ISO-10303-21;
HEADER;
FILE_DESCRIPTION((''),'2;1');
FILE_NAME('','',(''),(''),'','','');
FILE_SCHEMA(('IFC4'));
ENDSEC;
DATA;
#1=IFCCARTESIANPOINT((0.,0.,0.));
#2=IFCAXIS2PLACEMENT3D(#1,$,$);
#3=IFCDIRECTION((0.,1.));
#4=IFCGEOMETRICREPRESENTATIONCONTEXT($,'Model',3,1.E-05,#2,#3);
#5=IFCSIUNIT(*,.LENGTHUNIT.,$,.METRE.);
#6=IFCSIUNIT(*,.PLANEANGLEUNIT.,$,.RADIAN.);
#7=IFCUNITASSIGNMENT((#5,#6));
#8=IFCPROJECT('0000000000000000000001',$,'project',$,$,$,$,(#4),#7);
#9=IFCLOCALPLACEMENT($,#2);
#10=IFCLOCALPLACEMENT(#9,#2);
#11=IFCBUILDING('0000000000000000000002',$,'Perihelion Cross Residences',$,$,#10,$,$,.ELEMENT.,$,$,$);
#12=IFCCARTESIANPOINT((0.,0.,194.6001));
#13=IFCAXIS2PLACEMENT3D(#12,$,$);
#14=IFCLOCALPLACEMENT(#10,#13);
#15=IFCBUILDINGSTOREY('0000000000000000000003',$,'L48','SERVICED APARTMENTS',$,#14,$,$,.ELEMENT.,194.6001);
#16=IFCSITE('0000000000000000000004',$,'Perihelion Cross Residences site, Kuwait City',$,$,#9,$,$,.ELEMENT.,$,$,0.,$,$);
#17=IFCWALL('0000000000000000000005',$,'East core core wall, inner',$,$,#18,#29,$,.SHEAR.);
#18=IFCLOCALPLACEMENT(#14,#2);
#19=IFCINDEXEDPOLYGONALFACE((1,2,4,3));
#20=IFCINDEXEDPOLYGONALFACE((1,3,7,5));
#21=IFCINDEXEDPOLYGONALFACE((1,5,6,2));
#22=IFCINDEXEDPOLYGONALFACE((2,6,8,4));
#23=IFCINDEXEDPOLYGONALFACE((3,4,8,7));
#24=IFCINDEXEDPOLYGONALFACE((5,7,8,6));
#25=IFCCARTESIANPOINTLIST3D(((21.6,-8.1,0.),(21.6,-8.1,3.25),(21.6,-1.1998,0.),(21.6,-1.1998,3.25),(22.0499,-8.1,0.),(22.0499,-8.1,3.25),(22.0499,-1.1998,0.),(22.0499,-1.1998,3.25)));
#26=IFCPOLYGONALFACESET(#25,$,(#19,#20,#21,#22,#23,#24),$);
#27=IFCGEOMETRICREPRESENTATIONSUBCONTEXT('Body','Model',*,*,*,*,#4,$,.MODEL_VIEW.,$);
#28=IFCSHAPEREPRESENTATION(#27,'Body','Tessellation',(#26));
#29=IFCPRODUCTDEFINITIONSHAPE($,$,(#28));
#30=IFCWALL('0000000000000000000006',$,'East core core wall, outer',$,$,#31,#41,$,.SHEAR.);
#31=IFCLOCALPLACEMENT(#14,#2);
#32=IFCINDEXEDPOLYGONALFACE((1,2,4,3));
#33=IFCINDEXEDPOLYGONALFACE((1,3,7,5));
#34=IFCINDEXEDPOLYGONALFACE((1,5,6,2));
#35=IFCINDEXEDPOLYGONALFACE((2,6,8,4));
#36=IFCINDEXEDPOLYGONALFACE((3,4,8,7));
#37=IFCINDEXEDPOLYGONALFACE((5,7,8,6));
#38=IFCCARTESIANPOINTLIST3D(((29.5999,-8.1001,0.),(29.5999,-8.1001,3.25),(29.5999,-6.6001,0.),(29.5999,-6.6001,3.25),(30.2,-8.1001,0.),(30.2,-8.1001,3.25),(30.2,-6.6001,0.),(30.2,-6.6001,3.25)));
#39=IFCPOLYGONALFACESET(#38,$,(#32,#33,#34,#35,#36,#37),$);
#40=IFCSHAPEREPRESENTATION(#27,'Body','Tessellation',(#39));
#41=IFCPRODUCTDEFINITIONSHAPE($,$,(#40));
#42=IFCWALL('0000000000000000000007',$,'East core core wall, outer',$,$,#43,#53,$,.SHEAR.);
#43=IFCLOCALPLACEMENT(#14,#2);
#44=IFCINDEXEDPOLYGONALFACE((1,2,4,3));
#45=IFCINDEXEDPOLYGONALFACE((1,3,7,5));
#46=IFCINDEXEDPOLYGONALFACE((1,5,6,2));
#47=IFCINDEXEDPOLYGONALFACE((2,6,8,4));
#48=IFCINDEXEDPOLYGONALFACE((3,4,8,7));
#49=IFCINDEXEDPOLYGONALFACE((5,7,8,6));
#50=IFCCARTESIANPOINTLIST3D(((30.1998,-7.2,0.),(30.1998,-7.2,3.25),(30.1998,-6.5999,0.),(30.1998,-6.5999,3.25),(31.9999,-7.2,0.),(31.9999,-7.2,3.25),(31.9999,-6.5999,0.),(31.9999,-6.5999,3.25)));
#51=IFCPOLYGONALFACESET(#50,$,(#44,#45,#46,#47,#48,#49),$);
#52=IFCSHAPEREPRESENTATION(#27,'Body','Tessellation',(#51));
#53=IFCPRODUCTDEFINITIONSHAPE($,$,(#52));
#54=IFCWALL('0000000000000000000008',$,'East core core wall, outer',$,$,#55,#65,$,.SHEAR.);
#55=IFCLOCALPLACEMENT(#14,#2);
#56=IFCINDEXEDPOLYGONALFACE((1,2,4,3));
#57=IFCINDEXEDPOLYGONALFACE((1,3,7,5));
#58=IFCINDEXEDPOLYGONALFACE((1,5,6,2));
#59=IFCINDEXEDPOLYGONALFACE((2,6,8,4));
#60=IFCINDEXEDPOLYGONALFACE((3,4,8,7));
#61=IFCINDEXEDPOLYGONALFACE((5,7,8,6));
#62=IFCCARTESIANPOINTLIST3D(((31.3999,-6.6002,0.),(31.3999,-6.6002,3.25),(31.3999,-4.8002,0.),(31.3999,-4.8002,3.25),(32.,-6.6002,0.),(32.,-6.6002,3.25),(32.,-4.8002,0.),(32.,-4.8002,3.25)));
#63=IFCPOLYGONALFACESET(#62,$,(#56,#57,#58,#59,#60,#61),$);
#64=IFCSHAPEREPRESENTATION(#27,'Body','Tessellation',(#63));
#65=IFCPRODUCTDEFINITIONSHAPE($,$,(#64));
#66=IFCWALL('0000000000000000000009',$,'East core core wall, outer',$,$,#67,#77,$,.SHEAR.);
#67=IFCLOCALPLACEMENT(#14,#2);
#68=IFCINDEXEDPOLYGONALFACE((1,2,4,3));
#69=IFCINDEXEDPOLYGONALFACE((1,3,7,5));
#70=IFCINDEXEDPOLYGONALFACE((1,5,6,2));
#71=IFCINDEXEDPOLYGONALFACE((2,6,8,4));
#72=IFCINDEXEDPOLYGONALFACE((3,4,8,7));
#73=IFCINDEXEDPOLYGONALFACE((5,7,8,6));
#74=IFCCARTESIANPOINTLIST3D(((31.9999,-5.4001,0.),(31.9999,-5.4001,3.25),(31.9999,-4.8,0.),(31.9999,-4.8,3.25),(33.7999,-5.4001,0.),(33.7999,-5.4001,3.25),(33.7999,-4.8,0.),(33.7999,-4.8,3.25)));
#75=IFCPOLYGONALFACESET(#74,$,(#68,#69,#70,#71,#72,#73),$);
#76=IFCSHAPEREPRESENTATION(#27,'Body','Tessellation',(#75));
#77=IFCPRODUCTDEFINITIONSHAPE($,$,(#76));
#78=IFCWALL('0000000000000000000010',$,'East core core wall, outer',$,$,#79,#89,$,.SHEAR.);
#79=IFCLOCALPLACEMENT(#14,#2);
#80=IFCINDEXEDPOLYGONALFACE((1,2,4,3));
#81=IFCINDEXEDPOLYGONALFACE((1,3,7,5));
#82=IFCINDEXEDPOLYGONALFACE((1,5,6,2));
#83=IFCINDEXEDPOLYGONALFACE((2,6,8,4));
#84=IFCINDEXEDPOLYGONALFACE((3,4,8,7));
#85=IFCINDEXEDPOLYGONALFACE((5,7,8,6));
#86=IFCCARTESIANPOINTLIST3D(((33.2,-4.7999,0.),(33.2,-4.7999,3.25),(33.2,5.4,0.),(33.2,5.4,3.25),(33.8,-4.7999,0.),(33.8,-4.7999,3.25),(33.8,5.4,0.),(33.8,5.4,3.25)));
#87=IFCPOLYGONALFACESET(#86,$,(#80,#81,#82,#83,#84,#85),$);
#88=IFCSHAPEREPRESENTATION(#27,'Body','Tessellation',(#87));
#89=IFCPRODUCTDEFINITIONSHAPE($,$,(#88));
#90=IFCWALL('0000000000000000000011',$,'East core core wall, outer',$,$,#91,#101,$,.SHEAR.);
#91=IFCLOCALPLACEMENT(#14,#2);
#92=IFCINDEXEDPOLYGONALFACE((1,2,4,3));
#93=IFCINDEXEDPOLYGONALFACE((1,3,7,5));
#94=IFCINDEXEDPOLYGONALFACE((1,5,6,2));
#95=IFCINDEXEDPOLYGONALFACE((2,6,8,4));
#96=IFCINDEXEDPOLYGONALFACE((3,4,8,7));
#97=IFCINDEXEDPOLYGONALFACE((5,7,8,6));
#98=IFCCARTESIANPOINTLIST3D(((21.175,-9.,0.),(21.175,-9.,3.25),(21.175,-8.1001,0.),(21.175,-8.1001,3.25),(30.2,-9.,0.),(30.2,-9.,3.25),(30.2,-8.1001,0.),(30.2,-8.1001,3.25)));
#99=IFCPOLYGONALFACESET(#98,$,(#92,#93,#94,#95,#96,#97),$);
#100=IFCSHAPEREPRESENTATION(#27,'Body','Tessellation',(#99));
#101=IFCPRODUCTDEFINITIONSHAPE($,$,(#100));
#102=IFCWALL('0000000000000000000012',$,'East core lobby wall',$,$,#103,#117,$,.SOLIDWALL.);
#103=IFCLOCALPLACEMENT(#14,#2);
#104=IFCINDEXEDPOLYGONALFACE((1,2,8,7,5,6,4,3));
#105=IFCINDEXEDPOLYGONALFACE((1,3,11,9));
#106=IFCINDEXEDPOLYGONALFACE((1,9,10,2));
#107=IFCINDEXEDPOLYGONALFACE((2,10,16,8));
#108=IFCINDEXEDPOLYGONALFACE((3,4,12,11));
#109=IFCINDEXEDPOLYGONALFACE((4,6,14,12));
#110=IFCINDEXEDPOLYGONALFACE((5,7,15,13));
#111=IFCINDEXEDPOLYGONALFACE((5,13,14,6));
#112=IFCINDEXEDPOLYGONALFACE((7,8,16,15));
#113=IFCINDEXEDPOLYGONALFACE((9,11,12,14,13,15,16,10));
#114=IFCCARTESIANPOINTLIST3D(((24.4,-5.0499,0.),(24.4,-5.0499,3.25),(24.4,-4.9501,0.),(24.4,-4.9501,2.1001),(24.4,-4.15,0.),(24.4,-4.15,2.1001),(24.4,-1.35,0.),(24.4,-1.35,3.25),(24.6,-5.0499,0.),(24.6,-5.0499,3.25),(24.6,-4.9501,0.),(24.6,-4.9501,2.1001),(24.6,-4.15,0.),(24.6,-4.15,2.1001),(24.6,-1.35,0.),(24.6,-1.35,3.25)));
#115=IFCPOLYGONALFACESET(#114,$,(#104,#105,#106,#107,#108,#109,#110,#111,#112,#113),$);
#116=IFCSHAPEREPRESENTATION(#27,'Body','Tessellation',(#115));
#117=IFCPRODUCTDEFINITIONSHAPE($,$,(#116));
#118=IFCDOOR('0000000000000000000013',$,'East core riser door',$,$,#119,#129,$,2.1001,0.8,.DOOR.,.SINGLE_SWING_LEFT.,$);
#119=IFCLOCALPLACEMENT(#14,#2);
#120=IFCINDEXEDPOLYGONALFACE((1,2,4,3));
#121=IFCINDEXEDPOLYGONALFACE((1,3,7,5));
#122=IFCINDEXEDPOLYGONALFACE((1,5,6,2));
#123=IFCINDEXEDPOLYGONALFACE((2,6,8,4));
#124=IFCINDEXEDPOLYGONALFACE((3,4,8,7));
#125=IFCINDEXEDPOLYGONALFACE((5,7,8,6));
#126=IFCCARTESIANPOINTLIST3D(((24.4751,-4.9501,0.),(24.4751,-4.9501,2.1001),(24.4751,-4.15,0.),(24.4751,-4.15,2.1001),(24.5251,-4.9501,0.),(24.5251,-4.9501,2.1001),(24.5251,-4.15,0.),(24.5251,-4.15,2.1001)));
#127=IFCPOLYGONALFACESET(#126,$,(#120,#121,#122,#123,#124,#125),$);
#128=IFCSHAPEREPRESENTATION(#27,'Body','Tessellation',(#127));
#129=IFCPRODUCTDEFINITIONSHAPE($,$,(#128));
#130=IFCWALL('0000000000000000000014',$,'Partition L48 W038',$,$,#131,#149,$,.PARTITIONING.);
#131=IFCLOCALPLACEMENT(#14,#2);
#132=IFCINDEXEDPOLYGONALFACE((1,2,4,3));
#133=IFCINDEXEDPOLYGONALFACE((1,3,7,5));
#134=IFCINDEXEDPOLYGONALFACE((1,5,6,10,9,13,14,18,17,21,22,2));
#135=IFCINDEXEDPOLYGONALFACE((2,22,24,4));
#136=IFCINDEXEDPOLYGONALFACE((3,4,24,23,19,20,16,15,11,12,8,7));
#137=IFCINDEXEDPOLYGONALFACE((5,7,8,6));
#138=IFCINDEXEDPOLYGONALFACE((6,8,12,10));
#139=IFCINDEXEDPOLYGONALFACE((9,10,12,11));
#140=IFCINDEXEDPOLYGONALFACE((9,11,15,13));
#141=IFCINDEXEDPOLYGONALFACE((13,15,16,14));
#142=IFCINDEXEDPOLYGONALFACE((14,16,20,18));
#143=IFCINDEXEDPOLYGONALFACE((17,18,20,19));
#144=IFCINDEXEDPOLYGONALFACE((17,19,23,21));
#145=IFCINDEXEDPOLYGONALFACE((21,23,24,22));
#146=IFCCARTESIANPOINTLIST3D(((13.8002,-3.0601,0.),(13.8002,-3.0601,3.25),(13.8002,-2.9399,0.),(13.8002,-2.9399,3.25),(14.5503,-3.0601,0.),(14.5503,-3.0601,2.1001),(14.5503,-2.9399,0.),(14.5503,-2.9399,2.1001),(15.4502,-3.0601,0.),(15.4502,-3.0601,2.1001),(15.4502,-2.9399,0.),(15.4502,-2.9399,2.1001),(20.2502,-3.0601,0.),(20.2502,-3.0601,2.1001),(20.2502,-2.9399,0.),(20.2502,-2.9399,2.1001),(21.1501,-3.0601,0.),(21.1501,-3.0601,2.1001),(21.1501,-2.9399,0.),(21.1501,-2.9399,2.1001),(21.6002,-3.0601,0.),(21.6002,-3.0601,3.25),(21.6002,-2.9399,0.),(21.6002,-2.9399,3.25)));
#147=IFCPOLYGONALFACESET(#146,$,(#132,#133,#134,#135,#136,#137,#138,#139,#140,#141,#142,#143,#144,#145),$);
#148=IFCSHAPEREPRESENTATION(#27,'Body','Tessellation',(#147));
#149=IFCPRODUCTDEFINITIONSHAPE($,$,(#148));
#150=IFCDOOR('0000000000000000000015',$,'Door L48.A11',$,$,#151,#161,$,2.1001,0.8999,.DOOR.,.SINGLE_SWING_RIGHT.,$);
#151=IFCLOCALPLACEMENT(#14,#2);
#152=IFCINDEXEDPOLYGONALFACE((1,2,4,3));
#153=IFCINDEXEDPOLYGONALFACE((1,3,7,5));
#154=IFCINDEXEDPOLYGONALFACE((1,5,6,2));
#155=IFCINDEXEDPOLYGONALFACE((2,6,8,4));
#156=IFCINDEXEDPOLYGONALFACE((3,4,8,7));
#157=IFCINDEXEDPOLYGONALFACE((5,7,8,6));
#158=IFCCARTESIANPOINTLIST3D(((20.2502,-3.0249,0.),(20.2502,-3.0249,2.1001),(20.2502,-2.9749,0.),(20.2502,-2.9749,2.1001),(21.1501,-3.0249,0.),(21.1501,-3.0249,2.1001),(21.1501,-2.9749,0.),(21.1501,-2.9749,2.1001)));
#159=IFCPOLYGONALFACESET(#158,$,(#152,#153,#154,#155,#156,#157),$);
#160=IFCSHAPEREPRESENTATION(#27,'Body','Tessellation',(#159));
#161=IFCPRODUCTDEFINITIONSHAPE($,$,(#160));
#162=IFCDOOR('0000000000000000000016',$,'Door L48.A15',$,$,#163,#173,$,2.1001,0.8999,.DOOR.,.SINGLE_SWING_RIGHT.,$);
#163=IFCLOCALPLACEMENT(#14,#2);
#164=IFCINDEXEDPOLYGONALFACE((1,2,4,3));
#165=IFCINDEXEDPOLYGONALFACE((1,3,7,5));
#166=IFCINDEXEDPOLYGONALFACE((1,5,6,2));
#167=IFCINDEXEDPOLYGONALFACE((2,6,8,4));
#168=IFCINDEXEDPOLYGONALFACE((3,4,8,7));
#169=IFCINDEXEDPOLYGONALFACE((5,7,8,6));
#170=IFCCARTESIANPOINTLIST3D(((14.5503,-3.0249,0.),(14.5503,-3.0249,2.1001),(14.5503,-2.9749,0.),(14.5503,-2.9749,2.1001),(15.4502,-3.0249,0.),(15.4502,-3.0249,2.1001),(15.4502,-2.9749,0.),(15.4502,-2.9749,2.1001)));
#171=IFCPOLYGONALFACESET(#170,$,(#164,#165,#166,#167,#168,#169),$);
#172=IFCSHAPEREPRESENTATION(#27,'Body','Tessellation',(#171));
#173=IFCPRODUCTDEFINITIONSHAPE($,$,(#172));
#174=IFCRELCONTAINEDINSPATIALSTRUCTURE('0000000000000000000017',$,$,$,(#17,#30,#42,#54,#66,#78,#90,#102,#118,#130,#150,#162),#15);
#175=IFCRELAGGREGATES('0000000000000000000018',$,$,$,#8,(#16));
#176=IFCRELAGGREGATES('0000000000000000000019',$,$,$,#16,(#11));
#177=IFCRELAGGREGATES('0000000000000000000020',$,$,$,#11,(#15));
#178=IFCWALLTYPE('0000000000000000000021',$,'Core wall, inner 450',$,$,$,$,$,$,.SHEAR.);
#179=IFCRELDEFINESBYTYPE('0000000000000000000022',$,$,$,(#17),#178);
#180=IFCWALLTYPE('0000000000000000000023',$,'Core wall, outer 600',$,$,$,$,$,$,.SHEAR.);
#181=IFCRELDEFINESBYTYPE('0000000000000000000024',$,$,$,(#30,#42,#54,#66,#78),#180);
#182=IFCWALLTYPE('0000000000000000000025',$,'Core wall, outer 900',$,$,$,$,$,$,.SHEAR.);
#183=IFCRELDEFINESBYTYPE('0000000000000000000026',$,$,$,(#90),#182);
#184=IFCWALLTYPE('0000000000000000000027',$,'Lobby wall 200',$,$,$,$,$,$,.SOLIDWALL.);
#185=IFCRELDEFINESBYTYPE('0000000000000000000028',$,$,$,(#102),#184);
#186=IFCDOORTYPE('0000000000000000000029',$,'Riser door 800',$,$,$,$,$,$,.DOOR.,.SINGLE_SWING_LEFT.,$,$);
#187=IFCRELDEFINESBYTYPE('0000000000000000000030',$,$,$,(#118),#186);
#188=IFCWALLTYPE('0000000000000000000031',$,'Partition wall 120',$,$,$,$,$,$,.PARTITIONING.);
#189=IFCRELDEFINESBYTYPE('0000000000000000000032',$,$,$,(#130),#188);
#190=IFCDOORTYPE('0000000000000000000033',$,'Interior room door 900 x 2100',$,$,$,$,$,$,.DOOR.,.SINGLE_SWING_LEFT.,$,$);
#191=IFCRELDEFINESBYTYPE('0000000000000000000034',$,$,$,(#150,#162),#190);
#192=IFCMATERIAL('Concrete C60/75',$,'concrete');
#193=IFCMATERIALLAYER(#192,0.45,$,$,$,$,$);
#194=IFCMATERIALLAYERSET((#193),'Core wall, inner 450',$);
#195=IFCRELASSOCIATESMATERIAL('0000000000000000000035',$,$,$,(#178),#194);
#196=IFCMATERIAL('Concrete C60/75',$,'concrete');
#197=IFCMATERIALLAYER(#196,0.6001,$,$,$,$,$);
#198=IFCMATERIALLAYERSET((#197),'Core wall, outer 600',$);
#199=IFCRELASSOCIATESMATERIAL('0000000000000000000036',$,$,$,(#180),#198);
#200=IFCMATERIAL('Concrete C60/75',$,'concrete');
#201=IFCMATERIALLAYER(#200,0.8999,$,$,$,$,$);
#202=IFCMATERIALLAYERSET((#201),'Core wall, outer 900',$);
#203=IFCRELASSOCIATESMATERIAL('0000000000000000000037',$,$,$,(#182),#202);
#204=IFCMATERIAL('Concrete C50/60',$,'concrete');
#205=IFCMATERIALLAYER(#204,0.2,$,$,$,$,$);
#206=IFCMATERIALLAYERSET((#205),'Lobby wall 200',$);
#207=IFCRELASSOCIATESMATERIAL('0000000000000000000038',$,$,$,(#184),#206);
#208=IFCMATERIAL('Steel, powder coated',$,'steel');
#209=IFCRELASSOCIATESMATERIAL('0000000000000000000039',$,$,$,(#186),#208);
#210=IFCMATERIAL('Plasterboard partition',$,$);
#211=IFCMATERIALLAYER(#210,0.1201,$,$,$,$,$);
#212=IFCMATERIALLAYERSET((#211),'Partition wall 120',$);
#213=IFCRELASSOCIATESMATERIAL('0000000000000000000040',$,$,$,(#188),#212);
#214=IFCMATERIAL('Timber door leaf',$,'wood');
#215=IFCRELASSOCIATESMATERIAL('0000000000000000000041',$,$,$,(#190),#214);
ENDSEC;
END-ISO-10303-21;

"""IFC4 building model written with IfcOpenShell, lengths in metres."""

from ifc_helpers import new_model, si_unit, direction, frame, frame_2d, origin, place, context, subcontext, project, spatial, rectangle, extrude, material, layer, layer_set, type_object, element, fill, save


model = new_model("IFC4")

# Units and contexts
model_context = context("Model", 3, precision=1e-05, world=origin(), true_north=direction((0.0, 1.0)))
body_context = subcontext(model_context, "Body", "Model", "MODEL_VIEW")
ifc_project = project(units=[si_unit("LENGTHUNIT", "METRE"), si_unit("PLANEANGLEUNIT", "RADIAN")], contexts=[model_context])

# Site, building, storey
site_placement = place(None, origin())
site = spatial("IfcSite", under=ifc_project, at=site_placement, Name="Perihelion Cross Residences site, Kuwait City", CompositionType="ELEMENT", RefElevation=0.0)
building_placement = place(site_placement, origin())
building = spatial("IfcBuilding", under=site, at=building_placement, Name="Perihelion Cross Residences", CompositionType="ELEMENT")
storey_placement = place(building_placement, frame((0.0, 0.0, 194.6001)))
storey = spatial("IfcBuildingStorey", under=building, at=storey_placement, Name="L48", Description="SERVICED APARTMENTS", CompositionType="ELEMENT", Elevation=194.6001)

# Walls
ifc_material_1 = material(Name="Concrete C60/75", Category="concrete")
ifc_layer_1 = layer(ifc_material_1, 0.45)
ifc_layer_set_1 = layer_set([ifc_layer_1], Name="Core wall, inner 450")
wall_type_1 = type_object("IfcWallType", Name="Core wall, inner 450", PredefinedType="SHEAR", material=ifc_layer_set_1)
wall_1_placement = place(storey_placement, frame((21.825, -8.1001, 0.0), z_axis=(0.0, 0.0, 1.0), x_axis=(0.0, 1.0, 0.0)))
element("IfcWall", 1, at=wall_1_placement, inside=storey, type_object=wall_type_1, Name="East core core wall, inner", PredefinedType="SHEAR", context=body_context, shape_type="SweptSolid", body=[
    extrude(rectangle(XDim=6.9001, YDim=0.45, at=frame_2d((3.4502, 0.0))), origin(), (0.0, 0.0, 1.0), 3.25),
])
ifc_material_2 = material(Name="Concrete C60/75", Category="concrete")
ifc_layer_2 = layer(ifc_material_2, 0.6001)
ifc_layer_set_2 = layer_set([ifc_layer_2], Name="Core wall, outer 600")
wall_type_2 = type_object("IfcWallType", Name="Core wall, outer 600", PredefinedType="SHEAR", material=ifc_layer_set_2)
wall_2_placement = place(storey_placement, frame((29.8999, -8.1001, 0.0), z_axis=(0.0, 0.0, 1.0), x_axis=(0.0, 1.0, 0.0)))
element("IfcWall", 2, at=wall_2_placement, inside=storey, type_object=wall_type_2, Name="East core core wall, outer", PredefinedType="SHEAR", context=body_context, shape_type="SweptSolid", body=[
    extrude(rectangle(XDim=1.5, YDim=0.6001, at=frame_2d((0.75, 0.0))), origin(), (0.0, 0.0, 1.0), 3.25),
])
for number, where, z_axis, x_axis, name in (
    (3, (30.2, -6.8999, 0.0), (0.0, 0.0, 1.0), (1.0, 0.0, 0.0), "East core core wall, outer"),
    (4, (31.7, -6.6001, 0.0), (0.0, 0.0, 1.0), (0.0, 1.0, 0.0), "East core core wall, outer"),
    (5, (32.0, -5.1001, 0.0), (0.0, 0.0, 1.0), (1.0, 0.0, 0.0), "East core core wall, outer"),
):
    element("IfcWall", number, at=place(storey_placement, frame(where, z_axis=z_axis, x_axis=x_axis)), inside=storey, type_object=wall_type_2, Name=name, PredefinedType="SHEAR", context=body_context, shape_type="SweptSolid", body=[
        extrude(rectangle(XDim=1.8, YDim=0.6001, at=frame_2d((0.8999, 0.0))), origin(), (0.0, 0.0, 1.0), 3.25),
    ])
wall_3_placement = place(storey_placement, frame((33.5, -4.8, 0.0), z_axis=(0.0, 0.0, 1.0), x_axis=(0.0, 1.0, 0.0)))
element("IfcWall", 6, at=wall_3_placement, inside=storey, type_object=wall_type_2, Name="East core core wall, outer", PredefinedType="SHEAR", context=body_context, shape_type="SweptSolid", body=[
    extrude(rectangle(XDim=10.2, YDim=0.6001, at=frame_2d((5.1001, 0.0))), origin(), (0.0, 0.0, 1.0), 3.25),
])
ifc_material_3 = material(Name="Concrete C60/75", Category="concrete")
ifc_layer_3 = layer(ifc_material_3, 0.8999)
ifc_layer_set_3 = layer_set([ifc_layer_3], Name="Core wall, outer 900")
wall_type_3 = type_object("IfcWallType", Name="Core wall, outer 900", PredefinedType="SHEAR", material=ifc_layer_set_3)
wall_4_placement = place(storey_placement, frame((21.175, -8.55, 0.0), z_axis=(0.0, 0.0, 1.0), x_axis=(1.0, 0.0, 0.0)))
element("IfcWall", 7, at=wall_4_placement, inside=storey, type_object=wall_type_3, Name="East core core wall, outer", PredefinedType="SHEAR", context=body_context, shape_type="SweptSolid", body=[
    extrude(rectangle(XDim=9.0249, YDim=0.8999, at=frame_2d((4.5125, 0.0))), origin(), (0.0, 0.0, 1.0), 3.25),
])

# Wall, opening, door
ifc_material_4 = material(Name="Concrete C50/60", Category="concrete")
ifc_layer_4 = layer(ifc_material_4, 0.2)
ifc_layer_set_4 = layer_set([ifc_layer_4], Name="Lobby wall 200")
wall_type_4 = type_object("IfcWallType", Name="Lobby wall 200", PredefinedType="SOLIDWALL", material=ifc_layer_set_4)
wall_5_placement = place(storey_placement, frame((24.5, -5.05, 0.0), z_axis=(0.0, 0.0, 1.0), x_axis=(0.0, 1.0, 0.0)))
wall_5 = element("IfcWall", 8, at=wall_5_placement, inside=storey, type_object=wall_type_4, Name="East core lobby wall", PredefinedType="SOLIDWALL", context=body_context, shape_type="SweptSolid", body=[
    extrude(rectangle(XDim=3.7, YDim=0.2, at=frame_2d((1.8501, 0.0))), origin(), (0.0, 0.0, 1.0), 3.25),
])
opening_1_placement = place(wall_5_placement, frame((0.1001, 0.0, 0.0)))
opening_1 = element("IfcOpeningElement", 9, at=opening_1_placement, cuts=wall_5, PredefinedType="OPENING", context=body_context, shape_type="SweptSolid", body=[
    extrude(rectangle(XDim=0.8, YDim=2.1001, at=frame_2d((0.3999, 1.05))), frame((0.0, 0.1099, 0.0), z_axis=(0.0, -1.0, 0.0), x_axis=(1.0, 0.0, 0.0)), (0.0, 0.0, 1.0), 0.22),
])
ifc_material_5 = material(Name="Steel, powder coated", Category="steel")
door_type_1 = type_object("IfcDoorType", Name="Riser door 800", OperationType="SINGLE_SWING_LEFT", PredefinedType="DOOR", material=ifc_material_5)
door_1_placement = place(opening_1_placement, origin())
door_1 = element("IfcDoor", 10, at=door_1_placement, inside=storey, type_object=door_type_1, Name="East core riser door", OperationType="SINGLE_SWING_LEFT", OverallHeight=2.1001, OverallWidth=0.8, PredefinedType="DOOR", context=body_context, shape_type="SweptSolid", body=[
    extrude(rectangle(XDim=0.8, YDim=2.1001, at=frame_2d((0.3999, 1.05))), frame((0.0, 0.0249, 0.0), z_axis=(0.0, -1.0, 0.0), x_axis=(1.0, 0.0, 0.0)), (0.0, 0.0, 1.0), 0.05),
])
fill(opening_1, door_1)

# Wall, openings, doors
ifc_material_6 = material(Name="Plasterboard partition")
ifc_layer_5 = layer(ifc_material_6, 0.1201)
ifc_layer_set_5 = layer_set([ifc_layer_5], Name="Partition wall 120")
wall_type_5 = type_object("IfcWallType", Name="Partition wall 120", PredefinedType="PARTITIONING", material=ifc_layer_set_5)
wall_6_placement = place(storey_placement, frame((21.6001, -3.0, 0.0), z_axis=(0.0, 0.0, 1.0), x_axis=(-1.0, 0.0, 0.0)))
wall_6 = element("IfcWall", 11, at=wall_6_placement, inside=storey, type_object=wall_type_5, Name="Partition L48 W038", PredefinedType="PARTITIONING", context=body_context, shape_type="SweptSolid", body=[
    extrude(rectangle(XDim=7.8, YDim=0.1201, at=frame_2d((3.8999, 0.0))), origin(), (0.0, 0.0, 1.0), 3.25),
])
opening_2_placement = place(wall_6_placement, frame((0.45, 0.0, 0.0)))
opening_2 = element("IfcOpeningElement", 12, at=opening_2_placement, cuts=wall_6, PredefinedType="OPENING", context=body_context, shape_type="SweptSolid", body=[
    extrude(rectangle(XDim=0.8999, YDim=2.1001, at=frame_2d((0.45, 1.05))), frame((0.0, 0.0701, 0.0), z_axis=(0.0, -1.0, 0.0), x_axis=(1.0, 0.0, 0.0)), (0.0, 0.0, 1.0), 0.1401),
])
opening_3_placement = place(wall_6_placement, frame((6.1499, 0.0, 0.0)))
opening_3 = element("IfcOpeningElement", 13, at=opening_3_placement, cuts=wall_6, PredefinedType="OPENING", context=body_context, shape_type="SweptSolid", body=[
    extrude(rectangle(XDim=0.8999, YDim=2.1001, at=frame_2d((0.45, 1.05))), frame((0.0, 0.0701, 0.0), z_axis=(0.0, -1.0, 0.0), x_axis=(1.0, 0.0, 0.0)), (0.0, 0.0, 1.0), 0.1401),
])
ifc_material_7 = material(Name="Timber door leaf", Category="wood")
door_type_2 = type_object("IfcDoorType", Name="Interior room door 900 x 2100", OperationType="SINGLE_SWING_LEFT", PredefinedType="DOOR", material=ifc_material_7)
door_2_placement = place(opening_2_placement, origin())
door_2 = element("IfcDoor", 14, at=door_2_placement, inside=storey, type_object=door_type_2, Name="Door L48.A11", OperationType="SINGLE_SWING_RIGHT", OverallHeight=2.1001, OverallWidth=0.8999, PredefinedType="DOOR", context=body_context, shape_type="SweptSolid", body=[
    extrude(rectangle(XDim=0.8999, YDim=2.1001, at=frame_2d((0.45, 1.05))), frame((0.0, 0.0249, 0.0), z_axis=(0.0, -1.0, 0.0), x_axis=(1.0, 0.0, 0.0)), (0.0, 0.0, 1.0), 0.05),
])
fill(opening_2, door_2)
door_3_placement = place(opening_3_placement, origin())
door_3 = element("IfcDoor", 15, at=door_3_placement, inside=storey, type_object=door_type_2, Name="Door L48.A15", OperationType="SINGLE_SWING_RIGHT", OverallHeight=2.1001, OverallWidth=0.8999, PredefinedType="DOOR", context=body_context, shape_type="SweptSolid", body=[
    extrude(rectangle(XDim=0.8999, YDim=2.1001, at=frame_2d((0.45, 1.05))), frame((0.0, 0.0249, 0.0), z_axis=(0.0, -1.0, 0.0), x_axis=(1.0, 0.0, 0.0)), (0.0, 0.0, 1.0), 0.05),
])
fill(opening_3, door_3)

save(model, "model.ifc")
